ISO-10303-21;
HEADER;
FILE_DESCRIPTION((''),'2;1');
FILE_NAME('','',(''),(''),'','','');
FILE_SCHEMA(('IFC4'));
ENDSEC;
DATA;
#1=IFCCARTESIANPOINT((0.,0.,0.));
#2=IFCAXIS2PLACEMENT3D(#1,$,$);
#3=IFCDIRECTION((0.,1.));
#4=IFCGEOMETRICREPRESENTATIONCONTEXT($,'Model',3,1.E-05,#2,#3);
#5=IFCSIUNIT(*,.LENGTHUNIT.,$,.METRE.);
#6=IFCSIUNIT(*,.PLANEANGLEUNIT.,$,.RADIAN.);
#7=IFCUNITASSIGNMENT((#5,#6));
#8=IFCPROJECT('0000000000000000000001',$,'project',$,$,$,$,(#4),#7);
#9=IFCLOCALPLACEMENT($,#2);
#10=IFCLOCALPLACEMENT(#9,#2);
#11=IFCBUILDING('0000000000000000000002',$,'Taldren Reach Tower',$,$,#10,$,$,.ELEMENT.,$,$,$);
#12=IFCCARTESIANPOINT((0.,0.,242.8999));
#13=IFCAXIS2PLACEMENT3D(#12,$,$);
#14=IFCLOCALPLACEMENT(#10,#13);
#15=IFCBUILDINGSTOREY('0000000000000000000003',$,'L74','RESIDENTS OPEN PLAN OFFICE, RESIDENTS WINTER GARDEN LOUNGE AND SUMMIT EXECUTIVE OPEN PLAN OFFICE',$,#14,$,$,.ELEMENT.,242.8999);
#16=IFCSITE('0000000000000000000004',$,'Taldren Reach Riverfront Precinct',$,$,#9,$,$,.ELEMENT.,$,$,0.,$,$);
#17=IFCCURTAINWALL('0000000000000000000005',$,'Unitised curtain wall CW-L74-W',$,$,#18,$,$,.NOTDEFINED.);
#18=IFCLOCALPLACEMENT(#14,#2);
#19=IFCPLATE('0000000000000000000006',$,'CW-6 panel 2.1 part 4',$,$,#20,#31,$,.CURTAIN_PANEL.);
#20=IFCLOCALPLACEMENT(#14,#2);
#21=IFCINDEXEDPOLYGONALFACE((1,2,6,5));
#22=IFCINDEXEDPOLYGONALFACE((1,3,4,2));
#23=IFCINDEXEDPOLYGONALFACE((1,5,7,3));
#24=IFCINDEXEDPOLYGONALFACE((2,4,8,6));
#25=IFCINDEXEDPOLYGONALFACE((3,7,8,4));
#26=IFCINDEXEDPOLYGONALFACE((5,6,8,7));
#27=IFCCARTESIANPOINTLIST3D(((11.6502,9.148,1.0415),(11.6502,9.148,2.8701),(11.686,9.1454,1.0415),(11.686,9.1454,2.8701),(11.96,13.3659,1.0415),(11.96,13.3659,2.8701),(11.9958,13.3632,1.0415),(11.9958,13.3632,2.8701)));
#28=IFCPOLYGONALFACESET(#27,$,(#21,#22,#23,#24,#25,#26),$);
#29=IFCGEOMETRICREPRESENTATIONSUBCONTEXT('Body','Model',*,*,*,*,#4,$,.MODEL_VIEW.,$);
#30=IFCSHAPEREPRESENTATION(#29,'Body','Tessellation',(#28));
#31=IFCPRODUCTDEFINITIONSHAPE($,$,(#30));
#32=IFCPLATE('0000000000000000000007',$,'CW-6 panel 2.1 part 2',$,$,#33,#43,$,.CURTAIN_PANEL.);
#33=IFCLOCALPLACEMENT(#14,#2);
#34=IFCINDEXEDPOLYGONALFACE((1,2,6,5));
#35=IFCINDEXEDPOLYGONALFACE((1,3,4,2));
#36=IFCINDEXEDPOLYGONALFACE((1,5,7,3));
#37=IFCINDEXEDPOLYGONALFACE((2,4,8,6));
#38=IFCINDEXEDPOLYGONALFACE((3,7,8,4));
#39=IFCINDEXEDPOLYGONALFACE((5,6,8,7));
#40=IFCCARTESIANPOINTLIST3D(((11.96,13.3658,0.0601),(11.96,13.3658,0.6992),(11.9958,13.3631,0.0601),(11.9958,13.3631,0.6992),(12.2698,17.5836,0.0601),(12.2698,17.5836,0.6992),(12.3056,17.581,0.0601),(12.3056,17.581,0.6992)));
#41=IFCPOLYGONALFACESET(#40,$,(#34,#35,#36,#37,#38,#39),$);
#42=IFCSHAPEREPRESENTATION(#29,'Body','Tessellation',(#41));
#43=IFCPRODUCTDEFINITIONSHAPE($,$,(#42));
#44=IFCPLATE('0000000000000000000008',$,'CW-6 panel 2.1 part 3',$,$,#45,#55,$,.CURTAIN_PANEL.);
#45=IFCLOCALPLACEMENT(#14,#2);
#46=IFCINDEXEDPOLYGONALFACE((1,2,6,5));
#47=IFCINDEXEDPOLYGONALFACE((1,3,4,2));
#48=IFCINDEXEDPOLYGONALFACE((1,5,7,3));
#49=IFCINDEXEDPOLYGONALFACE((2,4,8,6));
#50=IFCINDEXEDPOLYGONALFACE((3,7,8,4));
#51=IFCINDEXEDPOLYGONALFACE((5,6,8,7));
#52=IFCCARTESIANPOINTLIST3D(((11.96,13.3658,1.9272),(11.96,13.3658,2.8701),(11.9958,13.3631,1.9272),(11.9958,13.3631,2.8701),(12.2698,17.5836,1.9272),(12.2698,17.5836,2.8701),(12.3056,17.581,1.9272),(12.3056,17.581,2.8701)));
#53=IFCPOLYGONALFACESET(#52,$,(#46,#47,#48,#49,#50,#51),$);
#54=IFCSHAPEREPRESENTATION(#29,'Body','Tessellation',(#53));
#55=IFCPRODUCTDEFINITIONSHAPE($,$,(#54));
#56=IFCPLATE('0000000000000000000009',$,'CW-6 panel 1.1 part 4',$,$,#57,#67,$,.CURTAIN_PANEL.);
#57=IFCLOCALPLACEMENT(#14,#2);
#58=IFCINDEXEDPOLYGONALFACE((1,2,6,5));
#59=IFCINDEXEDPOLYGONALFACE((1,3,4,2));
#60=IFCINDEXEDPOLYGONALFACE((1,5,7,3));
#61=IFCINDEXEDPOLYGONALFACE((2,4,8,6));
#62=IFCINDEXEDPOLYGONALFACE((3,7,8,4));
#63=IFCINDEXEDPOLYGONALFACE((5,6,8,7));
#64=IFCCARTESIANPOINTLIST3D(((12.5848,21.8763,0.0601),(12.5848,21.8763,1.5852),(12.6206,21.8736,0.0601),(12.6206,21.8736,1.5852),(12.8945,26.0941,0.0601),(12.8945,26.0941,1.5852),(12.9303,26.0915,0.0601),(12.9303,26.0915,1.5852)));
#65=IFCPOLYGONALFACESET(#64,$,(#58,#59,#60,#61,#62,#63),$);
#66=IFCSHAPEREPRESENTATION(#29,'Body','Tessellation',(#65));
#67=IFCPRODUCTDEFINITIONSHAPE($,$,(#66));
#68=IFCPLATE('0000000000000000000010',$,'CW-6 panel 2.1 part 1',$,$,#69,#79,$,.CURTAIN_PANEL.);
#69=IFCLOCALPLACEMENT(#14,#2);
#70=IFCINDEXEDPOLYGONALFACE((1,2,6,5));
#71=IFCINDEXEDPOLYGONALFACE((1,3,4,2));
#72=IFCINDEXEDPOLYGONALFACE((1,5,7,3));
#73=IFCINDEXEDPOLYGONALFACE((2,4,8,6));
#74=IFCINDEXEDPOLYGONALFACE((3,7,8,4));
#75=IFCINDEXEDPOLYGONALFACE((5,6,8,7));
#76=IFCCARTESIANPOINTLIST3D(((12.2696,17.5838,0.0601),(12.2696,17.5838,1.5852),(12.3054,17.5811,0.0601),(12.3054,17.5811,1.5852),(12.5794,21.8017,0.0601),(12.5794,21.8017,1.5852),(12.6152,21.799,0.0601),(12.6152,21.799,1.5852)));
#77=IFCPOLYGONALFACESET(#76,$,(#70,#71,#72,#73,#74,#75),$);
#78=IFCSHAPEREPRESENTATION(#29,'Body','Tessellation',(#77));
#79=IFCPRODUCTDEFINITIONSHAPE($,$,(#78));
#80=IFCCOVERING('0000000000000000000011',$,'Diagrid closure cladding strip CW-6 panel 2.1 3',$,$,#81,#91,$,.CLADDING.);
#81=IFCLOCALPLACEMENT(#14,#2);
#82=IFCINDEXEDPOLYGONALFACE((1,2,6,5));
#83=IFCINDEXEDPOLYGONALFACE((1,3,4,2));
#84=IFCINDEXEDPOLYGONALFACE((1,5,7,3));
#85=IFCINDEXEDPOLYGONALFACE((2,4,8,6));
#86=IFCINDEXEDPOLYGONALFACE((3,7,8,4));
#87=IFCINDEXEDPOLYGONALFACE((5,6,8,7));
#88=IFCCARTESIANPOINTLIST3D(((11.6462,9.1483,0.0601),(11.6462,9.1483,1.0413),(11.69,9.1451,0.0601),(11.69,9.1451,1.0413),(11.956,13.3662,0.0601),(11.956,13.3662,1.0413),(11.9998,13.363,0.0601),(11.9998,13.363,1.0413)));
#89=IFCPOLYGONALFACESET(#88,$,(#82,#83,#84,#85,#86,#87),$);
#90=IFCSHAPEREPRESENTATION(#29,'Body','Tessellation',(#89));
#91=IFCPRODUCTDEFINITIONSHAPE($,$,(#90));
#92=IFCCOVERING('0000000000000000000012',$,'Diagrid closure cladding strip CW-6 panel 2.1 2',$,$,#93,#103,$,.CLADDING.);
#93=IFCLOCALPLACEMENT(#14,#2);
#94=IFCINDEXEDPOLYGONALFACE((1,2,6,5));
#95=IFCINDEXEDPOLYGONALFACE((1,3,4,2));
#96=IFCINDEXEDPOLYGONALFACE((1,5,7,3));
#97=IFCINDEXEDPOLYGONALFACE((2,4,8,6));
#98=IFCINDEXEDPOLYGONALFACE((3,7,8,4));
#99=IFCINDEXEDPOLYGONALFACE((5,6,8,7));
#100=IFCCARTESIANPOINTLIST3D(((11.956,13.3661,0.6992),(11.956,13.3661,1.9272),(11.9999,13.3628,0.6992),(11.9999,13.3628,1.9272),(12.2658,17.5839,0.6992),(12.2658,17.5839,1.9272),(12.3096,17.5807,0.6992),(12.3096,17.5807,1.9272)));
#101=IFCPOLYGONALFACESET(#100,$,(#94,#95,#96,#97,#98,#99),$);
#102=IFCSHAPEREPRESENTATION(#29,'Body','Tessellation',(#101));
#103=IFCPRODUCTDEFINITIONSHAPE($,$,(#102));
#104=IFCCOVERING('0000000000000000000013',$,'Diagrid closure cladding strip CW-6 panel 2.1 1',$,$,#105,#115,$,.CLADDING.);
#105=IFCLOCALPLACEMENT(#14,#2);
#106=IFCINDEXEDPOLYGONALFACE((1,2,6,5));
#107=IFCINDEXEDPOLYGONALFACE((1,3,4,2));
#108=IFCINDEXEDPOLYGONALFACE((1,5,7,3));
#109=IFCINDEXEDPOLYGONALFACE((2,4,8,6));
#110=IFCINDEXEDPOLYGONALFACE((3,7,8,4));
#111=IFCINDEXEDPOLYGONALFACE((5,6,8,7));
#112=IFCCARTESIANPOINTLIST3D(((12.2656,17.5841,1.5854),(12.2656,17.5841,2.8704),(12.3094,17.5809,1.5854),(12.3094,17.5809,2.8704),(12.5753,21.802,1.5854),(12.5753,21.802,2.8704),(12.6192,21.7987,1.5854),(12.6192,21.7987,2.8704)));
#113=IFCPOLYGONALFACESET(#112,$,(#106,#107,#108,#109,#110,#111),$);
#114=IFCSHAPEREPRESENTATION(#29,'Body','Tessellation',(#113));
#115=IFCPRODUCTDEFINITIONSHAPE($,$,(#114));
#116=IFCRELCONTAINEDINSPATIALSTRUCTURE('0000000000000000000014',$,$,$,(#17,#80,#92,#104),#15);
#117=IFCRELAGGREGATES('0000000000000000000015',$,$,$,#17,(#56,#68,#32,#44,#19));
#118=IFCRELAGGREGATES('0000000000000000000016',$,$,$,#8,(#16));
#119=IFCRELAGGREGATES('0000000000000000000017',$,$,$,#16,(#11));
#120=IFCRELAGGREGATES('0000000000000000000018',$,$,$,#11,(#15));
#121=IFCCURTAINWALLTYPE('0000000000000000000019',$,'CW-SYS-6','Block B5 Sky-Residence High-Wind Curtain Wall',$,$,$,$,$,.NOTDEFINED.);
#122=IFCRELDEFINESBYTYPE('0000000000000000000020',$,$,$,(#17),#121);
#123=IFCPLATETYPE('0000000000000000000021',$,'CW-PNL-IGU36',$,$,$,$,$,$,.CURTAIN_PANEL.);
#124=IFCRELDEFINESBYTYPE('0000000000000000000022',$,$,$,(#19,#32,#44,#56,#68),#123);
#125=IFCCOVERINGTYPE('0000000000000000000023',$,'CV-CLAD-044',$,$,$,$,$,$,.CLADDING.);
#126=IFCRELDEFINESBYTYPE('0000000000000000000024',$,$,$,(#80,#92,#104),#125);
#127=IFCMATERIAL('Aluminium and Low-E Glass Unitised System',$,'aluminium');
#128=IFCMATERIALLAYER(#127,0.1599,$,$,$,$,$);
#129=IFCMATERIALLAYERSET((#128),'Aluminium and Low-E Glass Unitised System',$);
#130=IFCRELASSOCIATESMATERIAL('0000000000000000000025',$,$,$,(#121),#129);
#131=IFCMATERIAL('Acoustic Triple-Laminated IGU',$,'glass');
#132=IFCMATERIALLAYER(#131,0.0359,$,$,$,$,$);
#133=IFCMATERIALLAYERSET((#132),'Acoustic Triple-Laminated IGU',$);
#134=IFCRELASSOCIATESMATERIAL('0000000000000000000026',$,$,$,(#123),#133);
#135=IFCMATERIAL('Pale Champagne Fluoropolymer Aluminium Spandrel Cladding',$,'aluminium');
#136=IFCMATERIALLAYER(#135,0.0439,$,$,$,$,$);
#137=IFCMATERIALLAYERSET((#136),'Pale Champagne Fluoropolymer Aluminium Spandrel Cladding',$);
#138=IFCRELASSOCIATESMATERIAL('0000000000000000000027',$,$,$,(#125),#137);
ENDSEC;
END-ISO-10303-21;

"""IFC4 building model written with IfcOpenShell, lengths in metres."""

from ifc_helpers import new_model, si_unit, direction, frame, origin, origin_2d, place, context, subcontext, project, spatial, rectangle, extrude, source, transform, mapped, material, layer, layer_set, type_object, element, aggregate, save


model = new_model("IFC4")

# Units and contexts
model_context = context("Model", 3, precision=1e-05, world=origin(), true_north=direction((0.0, 1.0)))
body_context = subcontext(model_context, "Body", "Model", "MODEL_VIEW")
ifc_project = project(units=[si_unit("LENGTHUNIT", "METRE"), si_unit("PLANEANGLEUNIT", "RADIAN")], contexts=[model_context])

# Site, building, storey
site_placement = place(None, origin())
site = spatial("IfcSite", under=ifc_project, at=site_placement, Name="Taldren Reach Riverfront Precinct", CompositionType="ELEMENT", RefElevation=0.0)
building_placement = place(site_placement, origin())
building = spatial("IfcBuilding", under=site, at=building_placement, Name="Taldren Reach Tower", CompositionType="ELEMENT")
storey_placement = place(building_placement, frame((0.0, 0.0, 242.8999)))
storey = spatial("IfcBuildingStorey", under=building, at=storey_placement, Name="L74", Description="RESIDENTS OPEN PLAN OFFICE, RESIDENTS WINTER GARDEN LOUNGE AND SUMMIT EXECUTIVE OPEN PLAN OFFICE", CompositionType="ELEMENT", Elevation=242.8999)

# Curtain wall
ifc_material_1 = material(Name="Aluminium and Low-E Glass Unitised System", Category="aluminium")
ifc_layer_1 = layer(ifc_material_1, 0.1599)
ifc_layer_set_1 = layer_set([ifc_layer_1], Name="Aluminium and Low-E Glass Unitised System")
curtain_wall_type = type_object("IfcCurtainWallType", Name="CW-SYS-6", Description="Block B5 Sky-Residence High-Wind Curtain Wall", PredefinedType="NOTDEFINED", material=ifc_layer_set_1)
curtain_wall_placement = place(storey_placement, origin())
curtain_wall = element("IfcCurtainWall", 1, at=curtain_wall_placement, inside=storey, type_object=curtain_wall_type, Name="Unitised curtain wall CW-L74-W", PredefinedType="NOTDEFINED")

# Plates
ifc_material_2 = material(Name="Acoustic Triple-Laminated IGU", Category="glass")
ifc_layer_2 = layer(ifc_material_2, 0.0359)
ifc_layer_set_2 = layer_set([ifc_layer_2], Name="Acoustic Triple-Laminated IGU")
plate_type_1 = type_object("IfcPlateType", Name="CW-PNL-IGU36", PredefinedType="CURTAIN_PANEL", material=ifc_layer_set_2)
shared_shape_1 = source(origin(), body_context, "Body", "SweptSolid", [
    extrude(rectangle(XDim=4.2292, YDim=0.0359, at=origin_2d()), origin(), (0.0, 0.0, 1.0), 1.8286),
])
plate_1_placement = place(storey_placement, frame((11.823, 11.2556, 1.0415), z_axis=(0.0, 0.0, 1.0), x_axis=(-0.073238, -0.997314, 0.0)))
plate_1 = element("IfcPlate", 2, at=plate_1_placement, type_object=plate_type_1, Name="CW-6 panel 2.1 part 4", PredefinedType="CURTAIN_PANEL", context=body_context, shape_type="MappedRepresentation", body=[
    mapped(shared_shape_1, transform((0.0, 0.0, 0.0), scale=1.0)),
])
shared_shape_2 = source(origin(), body_context, "Body", "SweptSolid", [
    extrude(rectangle(XDim=4.2292, YDim=0.0359, at=origin_2d()), origin(), (0.0, 0.0, 1.0), 0.6392),
])
plate_2_placement = place(storey_placement, frame((12.1328, 15.4734, 0.0601), z_axis=(0.0, 0.0, 1.0), x_axis=(-0.073238, -0.997314, 0.0)))
plate_2 = element("IfcPlate", 3, at=plate_2_placement, type_object=plate_type_1, Name="CW-6 panel 2.1 part 2", PredefinedType="CURTAIN_PANEL", context=body_context, shape_type="MappedRepresentation", body=[
    mapped(shared_shape_2, transform((0.0, 0.0, 0.0), scale=1.0)),
])
shared_shape_3 = source(origin(), body_context, "Body", "SweptSolid", [
    extrude(rectangle(XDim=4.2292, YDim=0.0359, at=origin_2d()), origin(), (0.0, 0.0, 1.0), 0.9429),
])
plate_3_placement = place(storey_placement, frame((12.1328, 15.4734, 1.9272), z_axis=(0.0, 0.0, 1.0), x_axis=(-0.073238, -0.997314, 0.0)))
plate_3 = element("IfcPlate", 4, at=plate_3_placement, type_object=plate_type_1, Name="CW-6 panel 2.1 part 3", PredefinedType="CURTAIN_PANEL", context=body_context, shape_type="MappedRepresentation", body=[
    mapped(shared_shape_3, transform((0.0, 0.0, 0.0), scale=1.0)),
])
shared_shape_4 = source(origin(), body_context, "Body", "SweptSolid", [
    extrude(rectangle(XDim=4.2292, YDim=0.0359, at=origin_2d()), origin(), (0.0, 0.0, 1.0), 1.5251),
])
plate_4_placement = place(storey_placement, frame((12.7576, 23.9839, 0.0601), z_axis=(0.0, 0.0, 1.0), x_axis=(-0.073238, -0.997314, 0.0)))
plate_4 = element("IfcPlate", 5, at=plate_4_placement, type_object=plate_type_1, Name="CW-6 panel 1.1 part 4", PredefinedType="CURTAIN_PANEL", context=body_context, shape_type="MappedRepresentation", body=[
    mapped(shared_shape_4, transform((0.0, 0.0, 0.0), scale=1.0)),
])
plate_5_placement = place(storey_placement, frame((12.4424, 19.6914, 0.0601), z_axis=(0.0, 0.0, 1.0), x_axis=(-0.073238, -0.997314, 0.0)))
plate_5 = element("IfcPlate", 6, at=plate_5_placement, type_object=plate_type_1, Name="CW-6 panel 2.1 part 1", PredefinedType="CURTAIN_PANEL", context=body_context, shape_type="MappedRepresentation", body=[
    mapped(shared_shape_4, transform((0.0, 0.0, 0.0), scale=1.0)),
])
aggregate(curtain_wall, [plate_4, plate_5, plate_2, plate_3, plate_1])

# Coverings
ifc_material_3 = material(Name="Pale Champagne Fluoropolymer Aluminium Spandrel Cladding", Category="aluminium")
ifc_layer_3 = layer(ifc_material_3, 0.0439)
ifc_layer_set_3 = layer_set([ifc_layer_3], Name="Pale Champagne Fluoropolymer Aluminium Spandrel Cladding")
covering_type = type_object("IfcCoveringType", Name="CV-CLAD-044", PredefinedType="CLADDING", material=ifc_layer_set_3)
shared_shape_5 = source(origin(), body_context, "Body", "SweptSolid", [
    extrude(rectangle(XDim=4.2292, YDim=0.0439, at=origin_2d()), origin(), (0.0, 0.0, 1.0), 0.9812),
])
covering_1_placement = place(storey_placement, frame((11.823, 11.2556, 0.0601), z_axis=(0.0, 0.0, 1.0), x_axis=(-0.073238, -0.997314, 0.0)))
element("IfcCovering", 7, at=covering_1_placement, inside=storey, type_object=covering_type, Name="Diagrid closure cladding strip CW-6 panel 2.1 3", PredefinedType="CLADDING", context=body_context, shape_type="MappedRepresentation", body=[
    mapped(shared_shape_5, transform((0.0, 0.0, 0.0), scale=1.0)),
])
shared_shape_6 = source(origin(), body_context, "Body", "SweptSolid", [
    extrude(rectangle(XDim=4.2292, YDim=0.0439, at=origin_2d()), origin(), (0.0, 0.0, 1.0), 1.228),
])
covering_2_placement = place(storey_placement, frame((12.1328, 15.4734, 0.6992), z_axis=(0.0, 0.0, 1.0), x_axis=(-0.073238, -0.997314, 0.0)))
element("IfcCovering", 8, at=covering_2_placement, inside=storey, type_object=covering_type, Name="Diagrid closure cladding strip CW-6 panel 2.1 2", PredefinedType="CLADDING", context=body_context, shape_type="MappedRepresentation", body=[
    mapped(shared_shape_6, transform((0.0, 0.0, 0.0), scale=1.0)),
])
shared_shape_7 = source(origin(), body_context, "Body", "SweptSolid", [
    extrude(rectangle(XDim=4.2292, YDim=0.0439, at=origin_2d()), origin(), (0.0, 0.0, 1.0), 1.2849),
])
covering_3_placement = place(storey_placement, frame((12.4424, 19.6914, 1.5854), z_axis=(0.0, 0.0, 1.0), x_axis=(-0.073238, -0.997314, 0.0)))
element("IfcCovering", 9, at=covering_3_placement, inside=storey, type_object=covering_type, Name="Diagrid closure cladding strip CW-6 panel 2.1 1", PredefinedType="CLADDING", context=body_context, shape_type="MappedRepresentation", body=[
    mapped(shared_shape_7, transform((0.0, 0.0, 0.0), scale=1.0)),
])

save(model, "model.ifc")
